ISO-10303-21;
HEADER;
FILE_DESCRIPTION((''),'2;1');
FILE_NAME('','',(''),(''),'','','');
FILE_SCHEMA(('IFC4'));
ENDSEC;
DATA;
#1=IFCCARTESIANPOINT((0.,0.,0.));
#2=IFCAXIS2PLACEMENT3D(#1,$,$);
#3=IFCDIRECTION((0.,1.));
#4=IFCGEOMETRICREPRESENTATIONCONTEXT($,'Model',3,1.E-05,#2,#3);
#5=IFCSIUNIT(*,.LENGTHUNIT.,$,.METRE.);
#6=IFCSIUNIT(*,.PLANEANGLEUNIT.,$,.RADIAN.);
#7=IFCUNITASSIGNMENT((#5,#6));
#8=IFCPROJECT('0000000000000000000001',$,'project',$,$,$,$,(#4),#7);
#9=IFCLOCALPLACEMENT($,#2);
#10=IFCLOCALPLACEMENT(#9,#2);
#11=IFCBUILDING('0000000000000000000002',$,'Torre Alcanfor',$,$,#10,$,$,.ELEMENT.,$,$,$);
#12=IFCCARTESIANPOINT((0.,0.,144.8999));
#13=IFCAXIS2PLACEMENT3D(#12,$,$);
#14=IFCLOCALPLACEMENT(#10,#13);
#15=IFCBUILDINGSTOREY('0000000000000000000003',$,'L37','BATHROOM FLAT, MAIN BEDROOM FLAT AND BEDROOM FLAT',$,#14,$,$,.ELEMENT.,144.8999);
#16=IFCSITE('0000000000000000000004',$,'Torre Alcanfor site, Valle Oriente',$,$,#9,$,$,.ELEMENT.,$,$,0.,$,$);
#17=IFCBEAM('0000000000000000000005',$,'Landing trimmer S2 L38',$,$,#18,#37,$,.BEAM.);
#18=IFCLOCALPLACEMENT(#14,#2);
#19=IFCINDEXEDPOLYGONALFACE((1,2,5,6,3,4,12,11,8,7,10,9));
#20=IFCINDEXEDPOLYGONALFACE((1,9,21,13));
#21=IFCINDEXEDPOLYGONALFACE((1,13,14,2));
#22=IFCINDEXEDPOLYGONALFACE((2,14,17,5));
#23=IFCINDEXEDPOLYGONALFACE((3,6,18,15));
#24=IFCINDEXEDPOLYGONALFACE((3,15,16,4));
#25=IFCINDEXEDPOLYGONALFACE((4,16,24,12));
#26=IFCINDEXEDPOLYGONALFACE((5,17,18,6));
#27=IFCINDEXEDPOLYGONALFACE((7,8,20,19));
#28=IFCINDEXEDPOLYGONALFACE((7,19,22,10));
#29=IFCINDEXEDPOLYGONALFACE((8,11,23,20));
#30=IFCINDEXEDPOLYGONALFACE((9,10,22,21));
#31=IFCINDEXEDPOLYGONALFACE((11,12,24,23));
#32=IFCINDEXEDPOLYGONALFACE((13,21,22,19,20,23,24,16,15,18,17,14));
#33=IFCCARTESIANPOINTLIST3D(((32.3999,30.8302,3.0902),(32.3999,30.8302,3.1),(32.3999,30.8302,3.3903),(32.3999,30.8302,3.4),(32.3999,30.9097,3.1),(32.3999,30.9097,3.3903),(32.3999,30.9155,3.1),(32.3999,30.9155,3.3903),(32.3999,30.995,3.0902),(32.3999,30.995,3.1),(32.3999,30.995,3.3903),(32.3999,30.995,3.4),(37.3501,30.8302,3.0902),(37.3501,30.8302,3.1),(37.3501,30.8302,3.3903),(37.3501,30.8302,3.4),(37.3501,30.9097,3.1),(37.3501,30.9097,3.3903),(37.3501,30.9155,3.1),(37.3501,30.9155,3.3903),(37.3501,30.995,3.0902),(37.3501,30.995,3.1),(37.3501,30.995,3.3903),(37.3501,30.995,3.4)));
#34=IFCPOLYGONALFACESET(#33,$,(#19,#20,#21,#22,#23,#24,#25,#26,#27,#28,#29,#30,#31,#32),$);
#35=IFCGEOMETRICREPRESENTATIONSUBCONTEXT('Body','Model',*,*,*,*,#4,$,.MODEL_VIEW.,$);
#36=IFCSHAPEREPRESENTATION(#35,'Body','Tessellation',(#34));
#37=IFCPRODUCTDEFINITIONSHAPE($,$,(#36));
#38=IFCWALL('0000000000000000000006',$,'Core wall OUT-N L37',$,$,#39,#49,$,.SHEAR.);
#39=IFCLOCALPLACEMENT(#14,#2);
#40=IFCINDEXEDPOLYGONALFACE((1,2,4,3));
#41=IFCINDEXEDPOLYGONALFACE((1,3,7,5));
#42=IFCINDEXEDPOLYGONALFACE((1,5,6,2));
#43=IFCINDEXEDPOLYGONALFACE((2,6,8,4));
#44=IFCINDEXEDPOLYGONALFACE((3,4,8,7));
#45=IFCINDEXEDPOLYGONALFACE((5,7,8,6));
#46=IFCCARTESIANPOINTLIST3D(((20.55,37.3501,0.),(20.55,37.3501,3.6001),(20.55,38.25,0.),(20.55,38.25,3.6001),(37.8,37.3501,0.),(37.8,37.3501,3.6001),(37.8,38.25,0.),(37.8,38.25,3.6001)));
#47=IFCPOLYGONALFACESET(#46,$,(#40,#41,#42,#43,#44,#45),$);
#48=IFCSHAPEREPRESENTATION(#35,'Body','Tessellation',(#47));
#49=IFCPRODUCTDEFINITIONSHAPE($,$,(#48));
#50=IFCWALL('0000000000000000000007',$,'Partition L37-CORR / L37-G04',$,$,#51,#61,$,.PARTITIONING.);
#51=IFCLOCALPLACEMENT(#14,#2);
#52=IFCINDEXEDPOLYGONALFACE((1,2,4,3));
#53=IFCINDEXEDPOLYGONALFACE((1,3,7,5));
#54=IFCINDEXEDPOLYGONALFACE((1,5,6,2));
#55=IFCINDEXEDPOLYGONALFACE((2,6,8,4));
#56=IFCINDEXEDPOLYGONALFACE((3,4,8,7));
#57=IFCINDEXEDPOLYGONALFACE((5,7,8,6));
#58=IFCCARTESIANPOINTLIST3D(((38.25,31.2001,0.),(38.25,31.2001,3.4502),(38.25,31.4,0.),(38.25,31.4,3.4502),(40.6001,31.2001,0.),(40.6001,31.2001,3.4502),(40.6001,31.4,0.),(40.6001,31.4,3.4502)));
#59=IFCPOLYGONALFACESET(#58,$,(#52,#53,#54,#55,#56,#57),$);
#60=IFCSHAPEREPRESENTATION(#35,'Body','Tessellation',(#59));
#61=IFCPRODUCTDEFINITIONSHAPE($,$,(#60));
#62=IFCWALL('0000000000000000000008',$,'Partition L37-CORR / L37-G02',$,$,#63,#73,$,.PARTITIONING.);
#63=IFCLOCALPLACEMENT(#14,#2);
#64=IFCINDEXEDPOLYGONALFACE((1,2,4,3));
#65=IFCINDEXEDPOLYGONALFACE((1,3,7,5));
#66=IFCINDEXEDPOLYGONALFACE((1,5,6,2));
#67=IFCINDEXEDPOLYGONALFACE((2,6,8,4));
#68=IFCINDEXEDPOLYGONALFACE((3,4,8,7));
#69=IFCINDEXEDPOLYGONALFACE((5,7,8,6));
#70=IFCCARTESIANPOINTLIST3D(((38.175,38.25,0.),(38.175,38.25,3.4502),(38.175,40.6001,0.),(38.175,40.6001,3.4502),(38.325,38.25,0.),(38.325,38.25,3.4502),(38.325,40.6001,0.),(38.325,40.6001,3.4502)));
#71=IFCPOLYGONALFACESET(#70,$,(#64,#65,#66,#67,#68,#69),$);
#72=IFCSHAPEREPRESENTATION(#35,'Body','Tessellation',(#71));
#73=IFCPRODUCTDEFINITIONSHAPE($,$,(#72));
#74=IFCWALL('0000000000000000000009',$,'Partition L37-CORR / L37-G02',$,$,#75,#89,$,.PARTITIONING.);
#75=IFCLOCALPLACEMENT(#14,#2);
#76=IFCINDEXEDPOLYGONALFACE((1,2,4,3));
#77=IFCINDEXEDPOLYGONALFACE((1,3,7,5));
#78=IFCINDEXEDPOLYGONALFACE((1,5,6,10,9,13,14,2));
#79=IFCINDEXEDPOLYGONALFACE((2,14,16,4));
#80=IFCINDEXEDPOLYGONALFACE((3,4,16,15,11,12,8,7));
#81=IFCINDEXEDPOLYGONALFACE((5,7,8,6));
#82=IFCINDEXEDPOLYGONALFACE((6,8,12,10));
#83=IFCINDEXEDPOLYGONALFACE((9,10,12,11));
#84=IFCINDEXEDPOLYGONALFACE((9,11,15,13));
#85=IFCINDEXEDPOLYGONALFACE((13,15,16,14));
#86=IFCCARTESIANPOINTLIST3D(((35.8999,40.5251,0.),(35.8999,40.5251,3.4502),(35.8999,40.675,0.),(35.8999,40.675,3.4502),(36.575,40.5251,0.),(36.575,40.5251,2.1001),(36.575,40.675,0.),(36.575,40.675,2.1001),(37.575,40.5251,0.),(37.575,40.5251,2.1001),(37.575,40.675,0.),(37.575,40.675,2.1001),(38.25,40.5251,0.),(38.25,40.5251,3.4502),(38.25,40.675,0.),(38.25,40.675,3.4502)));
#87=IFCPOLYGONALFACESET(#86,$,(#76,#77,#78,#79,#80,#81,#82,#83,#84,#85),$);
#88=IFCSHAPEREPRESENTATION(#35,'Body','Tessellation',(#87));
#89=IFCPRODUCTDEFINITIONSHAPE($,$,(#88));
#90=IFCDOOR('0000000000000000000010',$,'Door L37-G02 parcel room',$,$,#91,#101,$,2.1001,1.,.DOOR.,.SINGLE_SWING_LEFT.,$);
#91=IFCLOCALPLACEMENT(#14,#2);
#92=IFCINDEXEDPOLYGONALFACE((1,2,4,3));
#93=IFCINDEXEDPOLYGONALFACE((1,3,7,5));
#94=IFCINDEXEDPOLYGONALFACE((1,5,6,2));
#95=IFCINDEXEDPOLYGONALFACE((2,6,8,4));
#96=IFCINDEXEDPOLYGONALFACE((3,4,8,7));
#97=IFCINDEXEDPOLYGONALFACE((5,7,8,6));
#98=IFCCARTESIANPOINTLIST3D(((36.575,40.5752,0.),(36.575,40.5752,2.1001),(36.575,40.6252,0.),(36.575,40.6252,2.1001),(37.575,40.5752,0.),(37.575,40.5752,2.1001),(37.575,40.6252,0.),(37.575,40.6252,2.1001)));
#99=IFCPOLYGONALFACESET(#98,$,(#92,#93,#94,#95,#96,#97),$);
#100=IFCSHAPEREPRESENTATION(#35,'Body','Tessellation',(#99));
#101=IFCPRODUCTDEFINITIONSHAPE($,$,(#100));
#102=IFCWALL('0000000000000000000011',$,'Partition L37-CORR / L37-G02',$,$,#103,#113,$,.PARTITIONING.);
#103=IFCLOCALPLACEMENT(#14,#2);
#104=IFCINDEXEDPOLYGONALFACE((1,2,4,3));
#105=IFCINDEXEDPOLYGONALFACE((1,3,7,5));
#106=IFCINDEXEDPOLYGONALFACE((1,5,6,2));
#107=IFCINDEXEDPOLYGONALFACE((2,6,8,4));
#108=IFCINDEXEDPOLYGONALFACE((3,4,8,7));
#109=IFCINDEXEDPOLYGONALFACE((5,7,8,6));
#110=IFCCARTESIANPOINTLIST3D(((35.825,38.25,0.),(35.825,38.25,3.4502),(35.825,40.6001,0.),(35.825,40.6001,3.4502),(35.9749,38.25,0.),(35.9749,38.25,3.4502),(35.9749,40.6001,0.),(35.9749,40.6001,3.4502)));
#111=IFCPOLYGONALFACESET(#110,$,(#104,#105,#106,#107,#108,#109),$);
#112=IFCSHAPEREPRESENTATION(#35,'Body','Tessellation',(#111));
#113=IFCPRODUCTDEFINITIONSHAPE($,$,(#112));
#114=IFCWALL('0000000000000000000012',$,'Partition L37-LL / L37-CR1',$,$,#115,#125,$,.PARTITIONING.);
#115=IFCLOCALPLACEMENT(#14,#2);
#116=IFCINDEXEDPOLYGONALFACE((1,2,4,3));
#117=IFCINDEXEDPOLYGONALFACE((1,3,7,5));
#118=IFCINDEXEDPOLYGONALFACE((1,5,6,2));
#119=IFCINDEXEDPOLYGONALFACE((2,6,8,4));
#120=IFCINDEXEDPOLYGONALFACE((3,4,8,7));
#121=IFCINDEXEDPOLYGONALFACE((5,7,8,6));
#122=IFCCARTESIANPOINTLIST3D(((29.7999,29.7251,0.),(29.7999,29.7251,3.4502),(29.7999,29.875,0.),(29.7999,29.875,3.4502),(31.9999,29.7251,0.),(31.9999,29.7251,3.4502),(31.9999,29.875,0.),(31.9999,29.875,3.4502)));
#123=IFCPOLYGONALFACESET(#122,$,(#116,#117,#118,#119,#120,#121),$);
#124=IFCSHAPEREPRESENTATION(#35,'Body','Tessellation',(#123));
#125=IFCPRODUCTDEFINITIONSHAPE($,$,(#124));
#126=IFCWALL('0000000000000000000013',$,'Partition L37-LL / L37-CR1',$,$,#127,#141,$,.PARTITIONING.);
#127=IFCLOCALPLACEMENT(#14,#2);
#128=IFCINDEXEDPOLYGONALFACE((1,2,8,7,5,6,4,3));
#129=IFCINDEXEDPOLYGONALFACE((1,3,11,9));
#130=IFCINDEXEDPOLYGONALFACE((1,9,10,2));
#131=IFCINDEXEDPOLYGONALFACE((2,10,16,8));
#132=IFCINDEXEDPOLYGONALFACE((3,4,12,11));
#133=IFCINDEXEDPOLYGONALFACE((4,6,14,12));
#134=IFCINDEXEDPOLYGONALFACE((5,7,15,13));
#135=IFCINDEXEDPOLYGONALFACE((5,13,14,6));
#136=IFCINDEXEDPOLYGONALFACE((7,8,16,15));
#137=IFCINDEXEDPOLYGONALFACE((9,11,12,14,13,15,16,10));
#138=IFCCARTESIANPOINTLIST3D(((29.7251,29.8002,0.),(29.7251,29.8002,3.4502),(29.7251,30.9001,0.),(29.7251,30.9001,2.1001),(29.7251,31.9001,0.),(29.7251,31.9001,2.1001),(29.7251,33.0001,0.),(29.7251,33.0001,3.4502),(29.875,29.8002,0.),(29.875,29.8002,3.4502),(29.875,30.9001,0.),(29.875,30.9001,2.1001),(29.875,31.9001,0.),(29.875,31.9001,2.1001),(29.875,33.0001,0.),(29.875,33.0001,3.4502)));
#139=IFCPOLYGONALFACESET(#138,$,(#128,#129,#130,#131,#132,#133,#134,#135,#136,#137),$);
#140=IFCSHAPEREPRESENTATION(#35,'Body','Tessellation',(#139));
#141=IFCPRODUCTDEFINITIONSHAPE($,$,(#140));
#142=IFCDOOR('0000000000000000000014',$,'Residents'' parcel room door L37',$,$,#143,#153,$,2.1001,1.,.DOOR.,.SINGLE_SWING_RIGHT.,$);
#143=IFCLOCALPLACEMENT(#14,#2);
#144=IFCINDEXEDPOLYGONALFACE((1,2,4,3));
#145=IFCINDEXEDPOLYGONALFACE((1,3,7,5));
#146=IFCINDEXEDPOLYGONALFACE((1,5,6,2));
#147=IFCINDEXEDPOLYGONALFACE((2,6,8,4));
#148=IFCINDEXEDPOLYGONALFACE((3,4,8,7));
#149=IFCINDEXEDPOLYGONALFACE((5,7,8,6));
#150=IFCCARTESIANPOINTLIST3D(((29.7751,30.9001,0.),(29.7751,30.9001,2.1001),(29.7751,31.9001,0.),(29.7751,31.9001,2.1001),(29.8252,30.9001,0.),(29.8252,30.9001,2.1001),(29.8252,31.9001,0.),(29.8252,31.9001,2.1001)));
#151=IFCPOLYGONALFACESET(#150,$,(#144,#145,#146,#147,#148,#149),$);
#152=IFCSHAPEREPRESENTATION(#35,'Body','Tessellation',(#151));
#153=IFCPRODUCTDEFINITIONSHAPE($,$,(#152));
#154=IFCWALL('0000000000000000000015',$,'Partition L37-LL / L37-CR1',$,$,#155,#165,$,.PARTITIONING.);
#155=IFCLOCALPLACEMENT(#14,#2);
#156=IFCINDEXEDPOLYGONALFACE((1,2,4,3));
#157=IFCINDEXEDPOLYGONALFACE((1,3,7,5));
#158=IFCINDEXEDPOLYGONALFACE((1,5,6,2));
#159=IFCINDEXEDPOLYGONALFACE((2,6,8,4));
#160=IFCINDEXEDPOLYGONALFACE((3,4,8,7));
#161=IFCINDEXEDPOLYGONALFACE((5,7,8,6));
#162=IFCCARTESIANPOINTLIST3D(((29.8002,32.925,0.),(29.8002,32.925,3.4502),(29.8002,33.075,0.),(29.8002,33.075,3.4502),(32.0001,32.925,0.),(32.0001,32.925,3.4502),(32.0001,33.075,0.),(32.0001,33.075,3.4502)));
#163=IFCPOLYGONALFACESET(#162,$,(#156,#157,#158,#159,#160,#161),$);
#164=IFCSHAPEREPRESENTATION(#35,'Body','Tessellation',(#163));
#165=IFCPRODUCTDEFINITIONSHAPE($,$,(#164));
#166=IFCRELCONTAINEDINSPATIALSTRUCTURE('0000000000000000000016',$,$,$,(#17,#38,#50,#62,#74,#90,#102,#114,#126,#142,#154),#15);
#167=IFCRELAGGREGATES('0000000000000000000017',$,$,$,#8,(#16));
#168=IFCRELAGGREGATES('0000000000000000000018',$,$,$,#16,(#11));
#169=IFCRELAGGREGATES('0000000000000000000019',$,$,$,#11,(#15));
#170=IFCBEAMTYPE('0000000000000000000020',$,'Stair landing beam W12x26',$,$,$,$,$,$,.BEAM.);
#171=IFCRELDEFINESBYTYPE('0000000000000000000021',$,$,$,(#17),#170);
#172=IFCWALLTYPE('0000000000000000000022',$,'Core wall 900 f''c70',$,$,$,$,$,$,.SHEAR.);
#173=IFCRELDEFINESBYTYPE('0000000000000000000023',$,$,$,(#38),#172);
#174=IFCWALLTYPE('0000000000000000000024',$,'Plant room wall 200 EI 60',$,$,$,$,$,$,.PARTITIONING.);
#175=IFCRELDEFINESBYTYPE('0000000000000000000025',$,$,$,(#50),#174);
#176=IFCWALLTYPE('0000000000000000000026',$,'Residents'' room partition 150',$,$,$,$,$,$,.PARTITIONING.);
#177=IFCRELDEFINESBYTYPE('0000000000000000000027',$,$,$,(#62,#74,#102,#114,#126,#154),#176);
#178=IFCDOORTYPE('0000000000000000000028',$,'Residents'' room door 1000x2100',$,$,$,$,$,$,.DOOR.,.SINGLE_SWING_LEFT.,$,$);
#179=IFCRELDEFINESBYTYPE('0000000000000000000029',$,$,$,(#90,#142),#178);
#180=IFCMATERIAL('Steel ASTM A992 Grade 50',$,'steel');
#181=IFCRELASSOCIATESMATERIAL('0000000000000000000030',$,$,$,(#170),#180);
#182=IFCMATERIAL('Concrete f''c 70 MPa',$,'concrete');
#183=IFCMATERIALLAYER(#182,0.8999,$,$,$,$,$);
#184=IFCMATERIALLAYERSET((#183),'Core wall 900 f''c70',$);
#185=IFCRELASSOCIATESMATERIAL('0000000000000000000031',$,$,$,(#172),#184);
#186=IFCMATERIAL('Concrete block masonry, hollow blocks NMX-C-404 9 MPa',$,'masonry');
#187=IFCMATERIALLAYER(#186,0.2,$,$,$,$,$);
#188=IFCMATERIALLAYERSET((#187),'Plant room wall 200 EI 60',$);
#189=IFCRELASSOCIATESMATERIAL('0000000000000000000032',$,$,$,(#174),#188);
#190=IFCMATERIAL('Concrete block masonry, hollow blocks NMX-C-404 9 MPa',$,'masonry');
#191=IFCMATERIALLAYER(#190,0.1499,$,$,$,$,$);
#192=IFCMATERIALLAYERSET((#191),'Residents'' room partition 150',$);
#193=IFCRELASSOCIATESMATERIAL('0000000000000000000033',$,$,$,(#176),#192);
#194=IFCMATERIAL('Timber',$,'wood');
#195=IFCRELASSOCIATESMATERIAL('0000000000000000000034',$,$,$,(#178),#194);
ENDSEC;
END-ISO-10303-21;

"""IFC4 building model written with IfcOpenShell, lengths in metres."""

from ifc_helpers import new_model, si_unit, direction, frame, frame_2d, origin, origin_2d, place, context, subcontext, project, spatial, rectangle, i_section, extrude, material, layer, layer_set, material_profile, profile_set, type_object, element, fill, save


model = new_model("IFC4")

# Units and contexts
model_context = context("Model", 3, precision=1e-05, world=origin(), true_north=direction((0.0, 1.0)))
body_context = subcontext(model_context, "Body", "Model", "MODEL_VIEW")
ifc_project = project(units=[si_unit("LENGTHUNIT", "METRE"), si_unit("PLANEANGLEUNIT", "RADIAN")], contexts=[model_context])

# Site, building, storey
site_placement = place(None, origin())
site = spatial("IfcSite", under=ifc_project, at=site_placement, Name="Torre Alcanfor site, Valle Oriente", CompositionType="ELEMENT", RefElevation=0.0)
building_placement = place(site_placement, origin())
building = spatial("IfcBuilding", under=site, at=building_placement, Name="Torre Alcanfor", CompositionType="ELEMENT")
storey_placement = place(building_placement, frame((0.0, 0.0, 144.8999)))
storey = spatial("IfcBuildingStorey", under=building, at=storey_placement, Name="L37", Description="BATHROOM FLAT, MAIN BEDROOM FLAT AND BEDROOM FLAT", CompositionType="ELEMENT", Elevation=144.8999)

# Beam
ifc_material_1 = material(Name="Steel ASTM A992 Grade 50", Category="steel")
ifc_material_profile_1 = material_profile(ifc_material_1, i_section(OverallWidth=0.1648, OverallDepth=0.3098, WebThickness=0.0059, FlangeThickness=0.0098, at=origin_2d()), Name="W12x26")
ifc_profile_set_1 = profile_set([ifc_material_profile_1], Name="Steel ASTM A992 Grade 50")
beam_type_1 = type_object("IfcBeamType", Name="Stair landing beam W12x26", PredefinedType="BEAM", material=ifc_profile_set_1)
beam_1_placement = place(storey_placement, frame((32.3999, 30.9126, 3.2451), z_axis=(1.0, 0.0, 0.0), x_axis=(0.0, 1.0, 0.0)))
element("IfcBeam", 1, at=beam_1_placement, inside=storey, type_object=beam_type_1, Name="Landing trimmer S2 L38", PredefinedType="BEAM", context=body_context, shape_type="SweptSolid", body=[
    extrude(i_section(OverallWidth=0.1648, OverallDepth=0.3098, WebThickness=0.0059, FlangeThickness=0.0098, at=origin_2d()), origin(), (0.0, 0.0, 1.0), 4.9502),
])

# Walls
ifc_material_2 = material(Name="Concrete f'c 70 MPa", Category="concrete")
ifc_layer_1 = layer(ifc_material_2, 0.8999)
ifc_layer_set_1 = layer_set([ifc_layer_1], Name="Core wall 900 f'c70")
wall_type_1 = type_object("IfcWallType", Name="Core wall 900 f'c70", PredefinedType="SHEAR", material=ifc_layer_set_1)
wall_1_placement = place(storey_placement, frame((37.8, 37.8, 0.0), z_axis=(0.0, 0.0, 1.0), x_axis=(-1.0, 0.0, 0.0)))
element("IfcWall", 2, at=wall_1_placement, inside=storey, type_object=wall_type_1, Name="Core wall OUT-N L37", PredefinedType="SHEAR", context=body_context, shape_type="SweptSolid", body=[
    extrude(rectangle(XDim=17.25, YDim=0.8999, at=frame_2d((8.625, 0.0))), origin(), (0.0, 0.0, 1.0), 3.6001),
])
ifc_material_3 = material(Name="Concrete block masonry, hollow blocks NMX-C-404 9 MPa", Category="masonry")
ifc_layer_2 = layer(ifc_material_3, 0.2)
ifc_layer_set_2 = layer_set([ifc_layer_2], Name="Plant room wall 200 EI 60")
wall_type_2 = type_object("IfcWallType", Name="Plant room wall 200 EI 60", PredefinedType="PARTITIONING", material=ifc_layer_set_2)
wall_2_placement = place(storey_placement, frame((40.6001, 31.3, 0.0), z_axis=(0.0, 0.0, 1.0), x_axis=(-1.0, 0.0, 0.0)))
element("IfcWall", 3, at=wall_2_placement, inside=storey, type_object=wall_type_2, Name="Partition L37-CORR / L37-G04", PredefinedType="PARTITIONING", context=body_context, shape_type="SweptSolid", body=[
    extrude(rectangle(XDim=2.3501, YDim=0.2, at=frame_2d((1.175, 0.0))), origin(), (0.0, 0.0, 1.0), 3.4502),
])
ifc_material_4 = material(Name="Concrete block masonry, hollow blocks NMX-C-404 9 MPa", Category="masonry")
ifc_layer_3 = layer(ifc_material_4, 0.1499)
ifc_layer_set_3 = layer_set([ifc_layer_3], Name="Residents' room partition 150")
wall_type_3 = type_object("IfcWallType", Name="Residents' room partition 150", PredefinedType="PARTITIONING", material=ifc_layer_set_3)
wall_3_placement = place(storey_placement, frame((38.25, 38.25, 0.0), z_axis=(0.0, 0.0, 1.0), x_axis=(0.0, 1.0, 0.0)))
element("IfcWall", 4, at=wall_3_placement, inside=storey, type_object=wall_type_3, Name="Partition L37-CORR / L37-G02", PredefinedType="PARTITIONING", context=body_context, shape_type="SweptSolid", body=[
    extrude(rectangle(XDim=2.3501, YDim=0.1499, at=frame_2d((1.175, 0.0))), origin(), (0.0, 0.0, 1.0), 3.4502),
])

# Wall, opening, door
wall_4_placement = place(storey_placement, frame((38.25, 40.6001, 0.0), z_axis=(0.0, 0.0, 1.0), x_axis=(-1.0, 0.0, 0.0)))
wall_4 = element("IfcWall", 5, at=wall_4_placement, inside=storey, type_object=wall_type_3, Name="Partition L37-CORR / L37-G02", PredefinedType="PARTITIONING", context=body_context, shape_type="SweptSolid", body=[
    extrude(rectangle(XDim=2.3501, YDim=0.1499, at=frame_2d((1.175, 0.0))), origin(), (0.0, 0.0, 1.0), 3.4502),
])
opening_1_placement = place(wall_4_placement, frame((0.675, 0.0, 0.0)))
opening_1 = element("IfcOpeningElement", 6, at=opening_1_placement, cuts=wall_4, PredefinedType="OPENING", context=body_context, shape_type="SweptSolid", body=[
    extrude(rectangle(XDim=1.0, YDim=2.1001, at=frame_2d((0.5, 1.05))), frame((0.0, 0.085, 0.0), z_axis=(0.0, -1.0, 0.0), x_axis=(1.0, 0.0, 0.0)), (0.0, 0.0, 1.0), 0.1699),
])
ifc_material_5 = material(Name="Timber", Category="wood")
door_type = type_object("IfcDoorType", Name="Residents' room door 1000x2100", OperationType="SINGLE_SWING_LEFT", PredefinedType="DOOR", material=ifc_material_5)
door_1_placement = place(opening_1_placement, origin())
door_1 = element("IfcDoor", 7, at=door_1_placement, inside=storey, type_object=door_type, Name="Door L37-G02 parcel room", OperationType="SINGLE_SWING_LEFT", OverallHeight=2.1001, OverallWidth=1.0, PredefinedType="DOOR", context=body_context, shape_type="SweptSolid", body=[
    extrude(rectangle(XDim=1.0, YDim=2.1001, at=frame_2d((0.5, 1.05))), frame((0.0, 0.0249, 0.0), z_axis=(0.0, -1.0, 0.0), x_axis=(1.0, 0.0, 0.0)), (0.0, 0.0, 1.0), 0.05),
])
fill(opening_1, door_1)

# Walls
wall_5_placement = place(storey_placement, frame((35.8999, 40.6001, 0.0), z_axis=(0.0, 0.0, 1.0), x_axis=(0.0, -1.0, 0.0)))
element("IfcWall", 8, at=wall_5_placement, inside=storey, type_object=wall_type_3, Name="Partition L37-CORR / L37-G02", PredefinedType="PARTITIONING", context=body_context, shape_type="SweptSolid", body=[
    extrude(rectangle(XDim=2.3501, YDim=0.1499, at=frame_2d((1.175, 0.0))), origin(), (0.0, 0.0, 1.0), 3.4502),
])
wall_6_placement = place(storey_placement, frame((32.0, 29.8, 0.0), z_axis=(0.0, 0.0, 1.0), x_axis=(-1.0, 0.0, 0.0)))
element("IfcWall", 9, at=wall_6_placement, inside=storey, type_object=wall_type_3, Name="Partition L37-LL / L37-CR1", PredefinedType="PARTITIONING", context=body_context, shape_type="SweptSolid", body=[
    extrude(rectangle(XDim=2.2, YDim=0.1499, at=frame_2d((1.1001, 0.0))), origin(), (0.0, 0.0, 1.0), 3.4502),
])

# Wall, opening, door
wall_7_placement = place(storey_placement, frame((29.8, 29.8, 0.0), z_axis=(0.0, 0.0, 1.0), x_axis=(0.0, 1.0, 0.0)))
wall_7 = element("IfcWall", 10, at=wall_7_placement, inside=storey, type_object=wall_type_3, Name="Partition L37-LL / L37-CR1", PredefinedType="PARTITIONING", context=body_context, shape_type="SweptSolid", body=[
    extrude(rectangle(XDim=3.2, YDim=0.1499, at=frame_2d((1.6001, 0.0))), origin(), (0.0, 0.0, 1.0), 3.4502),
])
opening_2_placement = place(wall_7_placement, frame((1.1001, 0.0, 0.0)))
opening_2 = element("IfcOpeningElement", 11, at=opening_2_placement, cuts=wall_7, PredefinedType="OPENING", context=body_context, shape_type="SweptSolid", body=[
    extrude(rectangle(XDim=1.0, YDim=2.1001, at=frame_2d((0.5, 1.05))), frame((0.0, 0.085, 0.0), z_axis=(0.0, -1.0, 0.0), x_axis=(1.0, 0.0, 0.0)), (0.0, 0.0, 1.0), 0.1699),
])
door_2_placement = place(opening_2_placement, frame((1.0, 0.0, 0.0), z_axis=(0.0, 0.0, 1.0), x_axis=(-1.0, 0.0, 0.0)))
door_2 = element("IfcDoor", 12, at=door_2_placement, inside=storey, type_object=door_type, Name="Residents' parcel room door L37", OperationType="SINGLE_SWING_RIGHT", OverallHeight=2.1001, OverallWidth=1.0, PredefinedType="DOOR", context=body_context, shape_type="SweptSolid", body=[
    extrude(rectangle(XDim=1.0, YDim=2.1001, at=frame_2d((0.5, 1.05))), frame((0.0, 0.0251, 0.0), z_axis=(0.0, -1.0, 0.0), x_axis=(1.0, 0.0, 0.0)), (0.0, 0.0, 1.0), 0.05),
])
fill(opening_2, door_2)

# Wall
wall_8_placement = place(storey_placement, frame((29.8, 33.0, 0.0), z_axis=(0.0, 0.0, 1.0), x_axis=(1.0, 0.0, 0.0)))
element("IfcWall", 13, at=wall_8_placement, inside=storey, type_object=wall_type_3, Name="Partition L37-LL / L37-CR1", PredefinedType="PARTITIONING", context=body_context, shape_type="SweptSolid", body=[
    extrude(rectangle(XDim=2.2, YDim=0.1499, at=frame_2d((1.1001, 0.0))), origin(), (0.0, 0.0, 1.0), 3.4502),
])

save(model, "model.ifc")
